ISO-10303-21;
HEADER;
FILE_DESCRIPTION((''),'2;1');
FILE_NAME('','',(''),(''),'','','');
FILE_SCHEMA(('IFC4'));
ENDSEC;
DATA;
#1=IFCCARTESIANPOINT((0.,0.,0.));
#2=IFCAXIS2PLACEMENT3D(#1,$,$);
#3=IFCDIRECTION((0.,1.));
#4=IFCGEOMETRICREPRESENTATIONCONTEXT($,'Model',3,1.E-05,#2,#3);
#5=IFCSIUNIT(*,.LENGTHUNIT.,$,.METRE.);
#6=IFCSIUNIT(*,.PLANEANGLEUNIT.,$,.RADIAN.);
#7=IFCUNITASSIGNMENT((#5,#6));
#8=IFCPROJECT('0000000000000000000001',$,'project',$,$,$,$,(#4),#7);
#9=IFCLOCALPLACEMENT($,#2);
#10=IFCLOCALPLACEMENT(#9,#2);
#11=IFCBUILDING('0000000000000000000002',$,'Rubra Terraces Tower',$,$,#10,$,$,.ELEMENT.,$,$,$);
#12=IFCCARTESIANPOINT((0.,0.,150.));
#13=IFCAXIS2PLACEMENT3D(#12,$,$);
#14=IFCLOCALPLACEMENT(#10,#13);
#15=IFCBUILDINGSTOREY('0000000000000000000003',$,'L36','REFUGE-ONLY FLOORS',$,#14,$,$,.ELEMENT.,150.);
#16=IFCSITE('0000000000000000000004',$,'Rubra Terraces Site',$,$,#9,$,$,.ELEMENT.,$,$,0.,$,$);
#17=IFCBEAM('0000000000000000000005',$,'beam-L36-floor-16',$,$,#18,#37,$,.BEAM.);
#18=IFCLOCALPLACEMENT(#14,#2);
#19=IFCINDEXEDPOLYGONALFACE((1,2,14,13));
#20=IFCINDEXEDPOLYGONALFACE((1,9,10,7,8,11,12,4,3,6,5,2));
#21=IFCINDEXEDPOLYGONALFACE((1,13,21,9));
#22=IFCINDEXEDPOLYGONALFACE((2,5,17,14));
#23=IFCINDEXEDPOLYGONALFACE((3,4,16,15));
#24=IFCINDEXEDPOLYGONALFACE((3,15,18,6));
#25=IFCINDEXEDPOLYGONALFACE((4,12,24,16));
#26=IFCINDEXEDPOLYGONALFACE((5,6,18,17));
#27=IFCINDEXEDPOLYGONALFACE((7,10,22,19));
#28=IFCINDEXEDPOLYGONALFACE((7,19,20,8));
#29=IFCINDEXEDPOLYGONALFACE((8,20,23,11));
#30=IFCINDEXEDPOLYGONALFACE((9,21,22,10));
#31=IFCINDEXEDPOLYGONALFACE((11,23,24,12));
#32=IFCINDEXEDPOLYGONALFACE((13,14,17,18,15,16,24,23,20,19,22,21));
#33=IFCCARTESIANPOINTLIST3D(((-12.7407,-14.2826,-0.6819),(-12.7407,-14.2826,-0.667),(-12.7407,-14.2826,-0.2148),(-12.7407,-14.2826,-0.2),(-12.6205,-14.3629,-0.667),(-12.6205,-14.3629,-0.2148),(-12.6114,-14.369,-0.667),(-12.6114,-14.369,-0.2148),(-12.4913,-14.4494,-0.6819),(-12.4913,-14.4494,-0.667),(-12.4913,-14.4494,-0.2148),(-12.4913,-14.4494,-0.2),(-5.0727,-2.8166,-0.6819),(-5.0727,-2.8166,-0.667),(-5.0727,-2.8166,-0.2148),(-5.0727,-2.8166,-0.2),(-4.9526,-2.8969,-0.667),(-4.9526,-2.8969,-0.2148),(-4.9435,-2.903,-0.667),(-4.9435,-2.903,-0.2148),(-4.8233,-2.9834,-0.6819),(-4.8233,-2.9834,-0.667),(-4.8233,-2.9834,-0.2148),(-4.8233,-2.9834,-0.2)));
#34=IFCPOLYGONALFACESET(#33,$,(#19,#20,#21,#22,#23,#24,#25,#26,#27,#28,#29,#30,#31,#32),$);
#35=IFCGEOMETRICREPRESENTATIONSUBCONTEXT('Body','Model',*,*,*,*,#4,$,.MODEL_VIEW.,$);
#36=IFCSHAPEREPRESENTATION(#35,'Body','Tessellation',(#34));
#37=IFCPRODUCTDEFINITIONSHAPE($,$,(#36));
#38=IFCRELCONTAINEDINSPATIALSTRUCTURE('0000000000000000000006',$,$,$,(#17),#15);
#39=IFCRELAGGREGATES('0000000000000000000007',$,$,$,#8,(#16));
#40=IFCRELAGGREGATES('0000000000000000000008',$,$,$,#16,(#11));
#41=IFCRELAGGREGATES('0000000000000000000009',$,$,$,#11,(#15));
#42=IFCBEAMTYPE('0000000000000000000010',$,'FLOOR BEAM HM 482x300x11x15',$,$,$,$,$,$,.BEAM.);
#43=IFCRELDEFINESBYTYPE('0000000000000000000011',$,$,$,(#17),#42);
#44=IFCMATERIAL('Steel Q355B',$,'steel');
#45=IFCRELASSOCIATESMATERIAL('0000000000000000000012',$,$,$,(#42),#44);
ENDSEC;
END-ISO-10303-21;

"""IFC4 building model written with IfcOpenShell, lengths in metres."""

from ifc_helpers import new_model, si_unit, direction, frame, origin, origin_2d, place, context, subcontext, project, spatial, i_section, extrude, material, material_profile, profile_set, type_object, element, save


model = new_model("IFC4")

# Units and contexts
model_context = context("Model", 3, precision=1e-05, world=origin(), true_north=direction((0.0, 1.0)))
body_context = subcontext(model_context, "Body", "Model", "MODEL_VIEW")
ifc_project = project(units=[si_unit("LENGTHUNIT", "METRE"), si_unit("PLANEANGLEUNIT", "RADIAN")], contexts=[model_context])

# Site, building, storey
site_placement = place(None, origin())
site = spatial("IfcSite", under=ifc_project, at=site_placement, Name="Rubra Terraces Site", CompositionType="ELEMENT", RefElevation=0.0)
building_placement = place(site_placement, origin())
building = spatial("IfcBuilding", under=site, at=building_placement, Name="Rubra Terraces Tower", CompositionType="ELEMENT")
storey_placement = place(building_placement, frame((0.0, 0.0, 150.0)))
storey = spatial("IfcBuildingStorey", under=building, at=storey_placement, Name="L36", Description="REFUGE-ONLY FLOORS", CompositionType="ELEMENT", Elevation=150.0)

# Beam
ifc_material_1 = material(Name="Steel Q355B", Category="steel")
ifc_material_profile = material_profile(ifc_material_1, i_section(OverallWidth=0.3, OverallDepth=0.4819, WebThickness=0.011, FlangeThickness=0.0149, at=origin_2d()), Name="HM 482x300x11x15")
ifc_profile_set = profile_set([ifc_material_profile], Name="Steel Q355B")
beam_type = type_object("IfcBeamType", Name="FLOOR BEAM HM 482x300x11x15", PredefinedType="BEAM", material=ifc_profile_set)
beam_placement = place(storey_placement, frame((-12.616, -14.366, -0.4409), z_axis=(0.5559, 0.831249, 0.0), x_axis=(-0.831249, 0.5559, 0.0)))
element("IfcBeam", 1, at=beam_placement, inside=storey, type_object=beam_type, Name="beam-L36-floor-16", PredefinedType="BEAM", context=body_context, shape_type="SweptSolid", body=[
    extrude(i_section(OverallWidth=0.3, OverallDepth=0.4819, WebThickness=0.011, FlangeThickness=0.0149, at=origin_2d()), origin(), (0.0, 0.0, 1.0), 13.7937),
])

save(model, "model.ifc")
